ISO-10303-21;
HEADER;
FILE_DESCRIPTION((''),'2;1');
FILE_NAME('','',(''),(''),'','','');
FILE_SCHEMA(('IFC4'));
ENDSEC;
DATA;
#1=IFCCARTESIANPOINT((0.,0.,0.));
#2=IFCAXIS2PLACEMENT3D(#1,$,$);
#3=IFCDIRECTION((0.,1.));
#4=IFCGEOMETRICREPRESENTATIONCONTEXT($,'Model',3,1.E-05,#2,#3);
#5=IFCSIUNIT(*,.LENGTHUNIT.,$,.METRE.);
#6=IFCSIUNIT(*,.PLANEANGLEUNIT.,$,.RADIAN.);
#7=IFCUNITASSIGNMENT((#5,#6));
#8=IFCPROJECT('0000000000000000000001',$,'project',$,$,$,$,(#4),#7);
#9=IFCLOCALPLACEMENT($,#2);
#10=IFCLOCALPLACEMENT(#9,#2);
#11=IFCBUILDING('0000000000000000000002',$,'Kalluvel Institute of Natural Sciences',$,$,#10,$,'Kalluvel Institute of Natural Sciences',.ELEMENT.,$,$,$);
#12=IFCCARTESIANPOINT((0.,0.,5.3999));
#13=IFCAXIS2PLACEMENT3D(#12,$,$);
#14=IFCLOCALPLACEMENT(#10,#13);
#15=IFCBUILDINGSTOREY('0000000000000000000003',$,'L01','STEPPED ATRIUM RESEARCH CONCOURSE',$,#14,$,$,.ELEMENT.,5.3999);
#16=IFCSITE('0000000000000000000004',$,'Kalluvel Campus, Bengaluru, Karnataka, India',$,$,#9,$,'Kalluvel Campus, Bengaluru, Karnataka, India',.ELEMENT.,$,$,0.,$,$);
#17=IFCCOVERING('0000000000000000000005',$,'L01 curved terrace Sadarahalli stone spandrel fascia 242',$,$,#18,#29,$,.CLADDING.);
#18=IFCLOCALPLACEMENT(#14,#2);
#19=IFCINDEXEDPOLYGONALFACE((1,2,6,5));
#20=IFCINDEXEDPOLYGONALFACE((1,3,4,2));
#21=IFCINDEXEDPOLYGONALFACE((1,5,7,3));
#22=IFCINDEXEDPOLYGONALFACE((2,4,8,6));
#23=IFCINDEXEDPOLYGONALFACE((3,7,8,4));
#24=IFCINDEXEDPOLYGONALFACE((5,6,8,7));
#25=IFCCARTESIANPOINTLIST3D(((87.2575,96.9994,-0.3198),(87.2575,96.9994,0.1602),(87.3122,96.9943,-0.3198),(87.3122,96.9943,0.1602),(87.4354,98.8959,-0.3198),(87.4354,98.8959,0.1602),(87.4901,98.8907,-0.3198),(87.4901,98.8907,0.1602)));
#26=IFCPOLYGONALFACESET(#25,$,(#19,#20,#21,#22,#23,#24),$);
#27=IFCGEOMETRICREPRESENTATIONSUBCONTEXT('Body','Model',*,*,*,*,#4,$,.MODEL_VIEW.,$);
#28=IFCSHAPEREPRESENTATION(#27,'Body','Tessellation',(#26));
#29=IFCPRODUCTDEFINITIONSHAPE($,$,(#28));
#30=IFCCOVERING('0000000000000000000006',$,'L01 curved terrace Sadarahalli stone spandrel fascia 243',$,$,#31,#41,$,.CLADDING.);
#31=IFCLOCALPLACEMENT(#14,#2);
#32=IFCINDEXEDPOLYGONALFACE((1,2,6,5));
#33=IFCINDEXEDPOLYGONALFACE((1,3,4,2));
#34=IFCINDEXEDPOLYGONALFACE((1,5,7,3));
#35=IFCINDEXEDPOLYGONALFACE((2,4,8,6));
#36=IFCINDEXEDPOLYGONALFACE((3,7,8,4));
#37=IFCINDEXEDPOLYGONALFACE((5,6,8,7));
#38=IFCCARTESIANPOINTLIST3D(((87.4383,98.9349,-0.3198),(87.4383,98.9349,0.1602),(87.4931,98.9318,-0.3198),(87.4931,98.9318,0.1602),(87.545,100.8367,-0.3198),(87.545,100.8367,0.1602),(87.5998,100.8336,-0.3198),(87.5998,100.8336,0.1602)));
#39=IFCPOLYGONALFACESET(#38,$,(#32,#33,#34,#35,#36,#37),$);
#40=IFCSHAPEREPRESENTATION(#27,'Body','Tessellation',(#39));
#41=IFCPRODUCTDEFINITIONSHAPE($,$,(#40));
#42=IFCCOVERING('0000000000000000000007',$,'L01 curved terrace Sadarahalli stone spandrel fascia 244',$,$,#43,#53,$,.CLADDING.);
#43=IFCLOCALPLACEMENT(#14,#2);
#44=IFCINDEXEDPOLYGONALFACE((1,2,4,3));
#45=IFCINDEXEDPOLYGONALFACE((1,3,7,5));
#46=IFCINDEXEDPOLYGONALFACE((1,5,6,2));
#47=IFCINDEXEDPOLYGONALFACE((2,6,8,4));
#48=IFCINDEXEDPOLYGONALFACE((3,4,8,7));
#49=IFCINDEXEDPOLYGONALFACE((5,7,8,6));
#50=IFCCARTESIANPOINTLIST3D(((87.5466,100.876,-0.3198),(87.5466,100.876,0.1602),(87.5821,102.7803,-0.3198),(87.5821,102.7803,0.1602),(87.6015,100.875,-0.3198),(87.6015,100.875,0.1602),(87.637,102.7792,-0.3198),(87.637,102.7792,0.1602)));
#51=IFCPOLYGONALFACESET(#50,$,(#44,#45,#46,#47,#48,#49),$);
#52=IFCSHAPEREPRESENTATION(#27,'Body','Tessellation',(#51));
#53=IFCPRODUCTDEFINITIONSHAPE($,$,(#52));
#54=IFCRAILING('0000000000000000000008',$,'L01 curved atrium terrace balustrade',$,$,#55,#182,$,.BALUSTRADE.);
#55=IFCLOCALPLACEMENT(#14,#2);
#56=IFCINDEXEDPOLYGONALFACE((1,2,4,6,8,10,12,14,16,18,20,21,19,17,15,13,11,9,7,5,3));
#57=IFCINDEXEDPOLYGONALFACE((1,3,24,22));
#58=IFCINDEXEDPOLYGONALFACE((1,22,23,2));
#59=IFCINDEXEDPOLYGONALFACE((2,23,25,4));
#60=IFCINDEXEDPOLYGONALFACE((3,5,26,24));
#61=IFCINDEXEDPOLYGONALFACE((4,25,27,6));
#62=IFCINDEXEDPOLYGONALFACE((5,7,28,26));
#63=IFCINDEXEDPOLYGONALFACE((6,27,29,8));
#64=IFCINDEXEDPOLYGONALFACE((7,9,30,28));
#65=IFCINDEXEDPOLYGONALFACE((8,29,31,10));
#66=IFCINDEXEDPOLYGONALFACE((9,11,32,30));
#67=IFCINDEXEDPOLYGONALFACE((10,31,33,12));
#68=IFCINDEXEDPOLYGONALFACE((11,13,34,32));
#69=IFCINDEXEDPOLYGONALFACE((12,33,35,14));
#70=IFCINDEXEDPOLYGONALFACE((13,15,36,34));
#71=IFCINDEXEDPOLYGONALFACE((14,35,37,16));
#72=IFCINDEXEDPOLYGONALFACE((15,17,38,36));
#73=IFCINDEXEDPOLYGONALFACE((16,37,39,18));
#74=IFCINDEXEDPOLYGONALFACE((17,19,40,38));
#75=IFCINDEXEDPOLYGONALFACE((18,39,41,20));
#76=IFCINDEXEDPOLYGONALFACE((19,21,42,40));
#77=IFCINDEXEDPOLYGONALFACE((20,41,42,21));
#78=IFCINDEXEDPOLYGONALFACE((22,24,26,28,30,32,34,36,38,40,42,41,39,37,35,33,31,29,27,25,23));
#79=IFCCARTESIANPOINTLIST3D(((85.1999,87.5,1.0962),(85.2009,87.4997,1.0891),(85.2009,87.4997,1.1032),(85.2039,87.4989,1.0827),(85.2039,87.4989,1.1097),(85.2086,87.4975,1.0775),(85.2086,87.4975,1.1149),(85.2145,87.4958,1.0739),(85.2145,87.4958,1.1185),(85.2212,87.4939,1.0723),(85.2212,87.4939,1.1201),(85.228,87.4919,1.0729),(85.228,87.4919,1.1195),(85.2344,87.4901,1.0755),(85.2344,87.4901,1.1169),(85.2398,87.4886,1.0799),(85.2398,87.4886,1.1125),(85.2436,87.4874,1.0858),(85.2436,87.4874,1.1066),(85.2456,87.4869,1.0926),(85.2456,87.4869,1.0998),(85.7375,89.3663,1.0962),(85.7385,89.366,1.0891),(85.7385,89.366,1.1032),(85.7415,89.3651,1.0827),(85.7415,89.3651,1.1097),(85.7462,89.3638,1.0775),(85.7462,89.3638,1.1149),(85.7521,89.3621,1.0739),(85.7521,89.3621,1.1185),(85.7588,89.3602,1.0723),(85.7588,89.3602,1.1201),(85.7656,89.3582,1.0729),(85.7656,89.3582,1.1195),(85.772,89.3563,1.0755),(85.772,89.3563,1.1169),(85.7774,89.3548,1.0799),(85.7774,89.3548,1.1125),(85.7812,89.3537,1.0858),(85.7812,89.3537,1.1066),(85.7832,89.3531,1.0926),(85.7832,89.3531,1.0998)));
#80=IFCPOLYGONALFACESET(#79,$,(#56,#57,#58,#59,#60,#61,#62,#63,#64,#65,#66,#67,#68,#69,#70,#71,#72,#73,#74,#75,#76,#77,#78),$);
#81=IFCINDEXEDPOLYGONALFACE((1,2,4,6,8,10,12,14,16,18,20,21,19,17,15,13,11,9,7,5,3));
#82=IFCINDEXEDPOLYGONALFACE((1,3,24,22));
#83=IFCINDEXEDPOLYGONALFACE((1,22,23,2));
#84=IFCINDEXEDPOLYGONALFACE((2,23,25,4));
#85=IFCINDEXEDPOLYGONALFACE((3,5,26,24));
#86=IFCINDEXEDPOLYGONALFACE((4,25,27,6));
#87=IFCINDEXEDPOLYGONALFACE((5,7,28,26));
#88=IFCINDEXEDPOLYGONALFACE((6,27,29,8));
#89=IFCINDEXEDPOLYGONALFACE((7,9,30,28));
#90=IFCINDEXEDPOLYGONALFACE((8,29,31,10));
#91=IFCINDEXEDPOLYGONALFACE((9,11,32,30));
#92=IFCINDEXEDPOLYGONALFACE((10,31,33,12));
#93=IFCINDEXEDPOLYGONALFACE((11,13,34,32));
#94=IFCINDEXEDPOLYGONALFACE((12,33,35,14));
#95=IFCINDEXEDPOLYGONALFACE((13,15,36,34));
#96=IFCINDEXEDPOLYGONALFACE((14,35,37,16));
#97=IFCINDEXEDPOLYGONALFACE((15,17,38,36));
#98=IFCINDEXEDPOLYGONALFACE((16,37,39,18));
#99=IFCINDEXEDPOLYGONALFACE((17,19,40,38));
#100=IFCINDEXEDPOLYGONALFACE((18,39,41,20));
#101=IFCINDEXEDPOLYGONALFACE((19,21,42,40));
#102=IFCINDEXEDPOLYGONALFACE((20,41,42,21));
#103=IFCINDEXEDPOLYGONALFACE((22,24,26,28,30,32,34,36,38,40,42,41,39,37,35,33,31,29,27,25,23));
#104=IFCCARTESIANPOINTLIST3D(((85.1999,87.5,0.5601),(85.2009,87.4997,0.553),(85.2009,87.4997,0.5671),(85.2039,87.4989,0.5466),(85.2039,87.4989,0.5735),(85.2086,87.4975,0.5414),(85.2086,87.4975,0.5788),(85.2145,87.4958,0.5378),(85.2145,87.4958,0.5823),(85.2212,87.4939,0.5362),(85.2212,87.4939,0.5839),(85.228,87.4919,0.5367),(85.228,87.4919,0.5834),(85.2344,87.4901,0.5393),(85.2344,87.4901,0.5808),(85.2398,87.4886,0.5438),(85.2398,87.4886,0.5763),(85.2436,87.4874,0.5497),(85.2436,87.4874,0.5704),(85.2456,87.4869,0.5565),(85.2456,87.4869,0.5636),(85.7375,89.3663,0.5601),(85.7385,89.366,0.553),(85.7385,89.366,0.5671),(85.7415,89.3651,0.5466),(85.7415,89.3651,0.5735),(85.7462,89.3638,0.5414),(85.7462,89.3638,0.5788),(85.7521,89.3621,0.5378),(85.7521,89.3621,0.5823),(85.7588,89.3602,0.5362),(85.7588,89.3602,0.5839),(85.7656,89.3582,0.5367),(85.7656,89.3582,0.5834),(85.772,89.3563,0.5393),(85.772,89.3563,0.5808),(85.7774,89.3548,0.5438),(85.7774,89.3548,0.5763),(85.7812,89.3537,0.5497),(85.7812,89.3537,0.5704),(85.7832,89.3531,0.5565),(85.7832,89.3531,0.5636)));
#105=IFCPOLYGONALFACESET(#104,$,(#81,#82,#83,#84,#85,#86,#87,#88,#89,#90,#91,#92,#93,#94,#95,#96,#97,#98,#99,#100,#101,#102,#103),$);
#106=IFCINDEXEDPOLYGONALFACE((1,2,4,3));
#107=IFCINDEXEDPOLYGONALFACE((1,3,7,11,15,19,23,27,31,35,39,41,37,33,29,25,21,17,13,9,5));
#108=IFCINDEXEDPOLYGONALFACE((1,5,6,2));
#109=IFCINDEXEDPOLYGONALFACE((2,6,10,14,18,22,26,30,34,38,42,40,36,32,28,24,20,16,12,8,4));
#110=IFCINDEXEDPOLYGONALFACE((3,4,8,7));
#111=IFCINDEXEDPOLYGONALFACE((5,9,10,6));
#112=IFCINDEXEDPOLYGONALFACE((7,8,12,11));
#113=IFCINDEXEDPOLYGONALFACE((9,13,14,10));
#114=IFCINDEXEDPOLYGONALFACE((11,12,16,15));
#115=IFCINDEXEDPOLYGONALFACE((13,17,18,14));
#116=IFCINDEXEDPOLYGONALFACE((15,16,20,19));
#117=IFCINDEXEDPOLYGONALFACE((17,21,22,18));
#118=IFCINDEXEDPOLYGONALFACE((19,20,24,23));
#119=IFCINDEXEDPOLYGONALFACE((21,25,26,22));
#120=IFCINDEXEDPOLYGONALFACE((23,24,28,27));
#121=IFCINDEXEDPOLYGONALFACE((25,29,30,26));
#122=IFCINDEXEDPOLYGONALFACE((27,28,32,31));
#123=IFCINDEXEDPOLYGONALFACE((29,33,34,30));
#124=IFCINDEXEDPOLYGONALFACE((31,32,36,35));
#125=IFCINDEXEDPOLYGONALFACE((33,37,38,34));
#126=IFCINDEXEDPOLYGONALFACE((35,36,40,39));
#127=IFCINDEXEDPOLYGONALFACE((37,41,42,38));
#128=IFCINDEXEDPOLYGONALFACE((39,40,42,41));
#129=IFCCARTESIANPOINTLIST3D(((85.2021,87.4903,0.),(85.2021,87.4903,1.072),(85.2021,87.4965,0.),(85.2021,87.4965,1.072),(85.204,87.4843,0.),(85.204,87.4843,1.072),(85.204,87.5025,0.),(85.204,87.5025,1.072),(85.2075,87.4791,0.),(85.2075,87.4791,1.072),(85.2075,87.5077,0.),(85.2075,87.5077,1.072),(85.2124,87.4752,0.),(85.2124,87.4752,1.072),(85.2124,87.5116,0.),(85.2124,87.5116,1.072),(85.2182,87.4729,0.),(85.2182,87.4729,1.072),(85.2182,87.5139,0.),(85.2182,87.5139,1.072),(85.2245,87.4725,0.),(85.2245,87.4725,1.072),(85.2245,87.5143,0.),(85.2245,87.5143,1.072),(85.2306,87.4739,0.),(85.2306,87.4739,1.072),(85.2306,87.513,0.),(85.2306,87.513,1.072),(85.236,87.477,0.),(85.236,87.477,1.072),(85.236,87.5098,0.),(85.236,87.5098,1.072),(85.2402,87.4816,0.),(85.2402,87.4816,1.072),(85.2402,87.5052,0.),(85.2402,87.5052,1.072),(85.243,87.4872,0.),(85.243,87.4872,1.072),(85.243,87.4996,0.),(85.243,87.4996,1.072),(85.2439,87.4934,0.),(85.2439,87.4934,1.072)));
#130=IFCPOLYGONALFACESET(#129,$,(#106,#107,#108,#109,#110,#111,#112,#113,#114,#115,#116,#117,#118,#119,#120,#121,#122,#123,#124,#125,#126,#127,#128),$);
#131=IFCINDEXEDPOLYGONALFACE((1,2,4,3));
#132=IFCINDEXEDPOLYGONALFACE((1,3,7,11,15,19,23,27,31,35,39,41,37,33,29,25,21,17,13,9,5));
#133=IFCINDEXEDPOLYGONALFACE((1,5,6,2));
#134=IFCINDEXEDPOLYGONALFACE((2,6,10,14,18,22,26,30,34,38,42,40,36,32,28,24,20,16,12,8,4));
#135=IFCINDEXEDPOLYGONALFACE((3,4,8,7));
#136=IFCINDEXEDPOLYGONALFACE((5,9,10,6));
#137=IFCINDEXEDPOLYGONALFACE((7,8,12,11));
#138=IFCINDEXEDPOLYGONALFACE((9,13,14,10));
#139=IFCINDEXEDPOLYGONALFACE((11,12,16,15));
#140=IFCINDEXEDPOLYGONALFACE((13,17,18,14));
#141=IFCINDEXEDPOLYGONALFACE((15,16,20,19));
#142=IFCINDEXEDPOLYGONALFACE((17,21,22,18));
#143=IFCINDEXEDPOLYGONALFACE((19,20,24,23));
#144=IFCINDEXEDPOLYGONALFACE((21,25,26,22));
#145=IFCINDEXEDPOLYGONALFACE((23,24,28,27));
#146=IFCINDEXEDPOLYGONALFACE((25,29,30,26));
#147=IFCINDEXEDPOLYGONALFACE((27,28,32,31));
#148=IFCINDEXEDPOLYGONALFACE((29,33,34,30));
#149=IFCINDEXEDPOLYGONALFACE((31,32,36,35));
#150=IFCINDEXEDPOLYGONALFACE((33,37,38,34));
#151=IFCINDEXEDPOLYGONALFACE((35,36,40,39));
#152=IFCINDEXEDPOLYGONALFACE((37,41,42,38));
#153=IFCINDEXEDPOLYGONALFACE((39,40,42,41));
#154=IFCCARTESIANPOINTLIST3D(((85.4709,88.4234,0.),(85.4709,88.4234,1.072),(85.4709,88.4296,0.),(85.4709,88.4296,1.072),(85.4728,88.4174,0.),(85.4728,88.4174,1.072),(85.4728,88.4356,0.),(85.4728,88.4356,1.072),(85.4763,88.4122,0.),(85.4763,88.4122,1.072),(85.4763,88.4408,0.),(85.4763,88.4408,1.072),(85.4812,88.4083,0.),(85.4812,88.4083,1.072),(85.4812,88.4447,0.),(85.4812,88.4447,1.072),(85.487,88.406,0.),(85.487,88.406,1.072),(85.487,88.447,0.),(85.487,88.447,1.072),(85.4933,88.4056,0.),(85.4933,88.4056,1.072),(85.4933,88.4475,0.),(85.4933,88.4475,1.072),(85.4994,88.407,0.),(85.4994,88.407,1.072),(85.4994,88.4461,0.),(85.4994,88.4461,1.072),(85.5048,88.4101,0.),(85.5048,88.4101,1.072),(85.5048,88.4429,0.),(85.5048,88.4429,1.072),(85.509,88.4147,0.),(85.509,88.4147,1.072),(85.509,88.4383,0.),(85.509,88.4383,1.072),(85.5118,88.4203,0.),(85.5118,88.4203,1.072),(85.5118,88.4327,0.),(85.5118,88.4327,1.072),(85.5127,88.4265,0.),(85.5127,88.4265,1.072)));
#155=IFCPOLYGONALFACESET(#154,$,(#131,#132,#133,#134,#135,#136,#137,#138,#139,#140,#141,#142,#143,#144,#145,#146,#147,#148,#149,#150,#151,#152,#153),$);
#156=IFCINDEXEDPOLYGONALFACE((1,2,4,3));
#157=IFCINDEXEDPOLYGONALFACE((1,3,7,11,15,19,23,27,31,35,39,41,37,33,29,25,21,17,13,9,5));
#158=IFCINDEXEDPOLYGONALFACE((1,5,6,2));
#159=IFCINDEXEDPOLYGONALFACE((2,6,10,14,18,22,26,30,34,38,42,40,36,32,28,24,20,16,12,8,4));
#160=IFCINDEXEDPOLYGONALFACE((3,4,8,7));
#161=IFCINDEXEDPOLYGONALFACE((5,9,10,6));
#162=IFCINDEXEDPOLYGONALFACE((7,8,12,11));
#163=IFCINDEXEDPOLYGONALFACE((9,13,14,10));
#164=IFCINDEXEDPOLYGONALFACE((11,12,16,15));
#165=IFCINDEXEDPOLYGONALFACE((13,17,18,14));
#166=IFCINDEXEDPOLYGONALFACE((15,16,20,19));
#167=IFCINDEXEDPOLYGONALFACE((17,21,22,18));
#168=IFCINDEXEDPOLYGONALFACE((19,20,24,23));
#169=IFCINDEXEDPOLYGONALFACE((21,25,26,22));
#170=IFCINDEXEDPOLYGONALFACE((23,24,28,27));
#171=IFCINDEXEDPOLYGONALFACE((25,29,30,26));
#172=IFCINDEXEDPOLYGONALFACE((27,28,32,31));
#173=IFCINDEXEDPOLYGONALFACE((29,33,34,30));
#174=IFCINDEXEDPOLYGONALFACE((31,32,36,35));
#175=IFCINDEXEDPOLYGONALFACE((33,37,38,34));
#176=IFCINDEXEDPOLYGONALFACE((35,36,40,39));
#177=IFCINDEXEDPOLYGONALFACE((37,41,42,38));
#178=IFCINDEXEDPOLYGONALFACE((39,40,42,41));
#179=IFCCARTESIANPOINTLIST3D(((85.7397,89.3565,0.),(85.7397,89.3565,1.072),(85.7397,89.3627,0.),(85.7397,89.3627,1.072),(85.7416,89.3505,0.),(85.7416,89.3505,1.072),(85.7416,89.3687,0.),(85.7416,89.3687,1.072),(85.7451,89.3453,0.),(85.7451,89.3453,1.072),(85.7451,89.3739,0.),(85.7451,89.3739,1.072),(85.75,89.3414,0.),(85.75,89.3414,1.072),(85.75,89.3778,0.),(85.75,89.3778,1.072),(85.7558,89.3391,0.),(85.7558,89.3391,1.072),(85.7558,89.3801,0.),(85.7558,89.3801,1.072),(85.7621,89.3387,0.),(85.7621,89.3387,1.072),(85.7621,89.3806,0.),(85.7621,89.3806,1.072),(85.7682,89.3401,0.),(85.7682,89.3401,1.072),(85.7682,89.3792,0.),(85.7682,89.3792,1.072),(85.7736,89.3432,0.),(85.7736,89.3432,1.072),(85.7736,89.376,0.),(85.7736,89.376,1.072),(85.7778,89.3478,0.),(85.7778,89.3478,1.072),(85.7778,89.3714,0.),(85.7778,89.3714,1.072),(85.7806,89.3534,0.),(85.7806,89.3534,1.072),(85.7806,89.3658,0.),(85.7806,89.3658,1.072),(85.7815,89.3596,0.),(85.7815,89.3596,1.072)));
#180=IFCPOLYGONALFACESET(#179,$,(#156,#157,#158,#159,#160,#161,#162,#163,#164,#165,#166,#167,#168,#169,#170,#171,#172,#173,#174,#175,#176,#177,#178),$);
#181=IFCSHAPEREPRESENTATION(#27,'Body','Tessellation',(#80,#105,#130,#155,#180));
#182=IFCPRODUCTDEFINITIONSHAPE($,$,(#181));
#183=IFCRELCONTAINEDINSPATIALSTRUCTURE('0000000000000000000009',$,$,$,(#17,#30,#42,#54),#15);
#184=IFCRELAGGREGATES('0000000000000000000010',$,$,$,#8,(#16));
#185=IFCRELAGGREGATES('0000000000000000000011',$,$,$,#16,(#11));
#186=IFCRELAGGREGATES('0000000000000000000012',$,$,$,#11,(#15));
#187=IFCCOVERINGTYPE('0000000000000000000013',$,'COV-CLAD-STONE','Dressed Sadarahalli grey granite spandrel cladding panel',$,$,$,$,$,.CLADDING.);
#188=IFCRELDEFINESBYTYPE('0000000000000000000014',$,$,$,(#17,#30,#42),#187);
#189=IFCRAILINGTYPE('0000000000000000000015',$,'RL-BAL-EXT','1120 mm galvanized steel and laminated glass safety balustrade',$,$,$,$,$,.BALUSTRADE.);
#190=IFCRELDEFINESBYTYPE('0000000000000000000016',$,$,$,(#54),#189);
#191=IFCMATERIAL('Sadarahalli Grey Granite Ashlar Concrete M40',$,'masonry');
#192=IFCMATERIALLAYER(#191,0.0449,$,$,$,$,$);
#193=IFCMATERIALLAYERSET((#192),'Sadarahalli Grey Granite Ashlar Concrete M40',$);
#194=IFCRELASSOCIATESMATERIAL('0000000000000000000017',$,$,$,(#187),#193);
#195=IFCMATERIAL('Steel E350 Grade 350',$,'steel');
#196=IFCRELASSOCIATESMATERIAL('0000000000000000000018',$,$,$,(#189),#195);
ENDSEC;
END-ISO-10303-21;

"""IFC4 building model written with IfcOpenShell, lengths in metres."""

from ifc_helpers import new_model, si_unit, direction, frame, origin, origin_2d, place, context, subcontext, project, spatial, rectangle, circle, extrude, material, layer, layer_set, type_object, element, save


model = new_model("IFC4")

# Units and contexts
model_context = context("Model", 3, precision=1e-05, world=origin(), true_north=direction((0.0, 1.0)))
body_context = subcontext(model_context, "Body", "Model", "MODEL_VIEW")
ifc_project = project(units=[si_unit("LENGTHUNIT", "METRE"), si_unit("PLANEANGLEUNIT", "RADIAN")], contexts=[model_context])

# Site, building, storey
site_placement = place(None, origin())
site = spatial("IfcSite", under=ifc_project, at=site_placement, Name="Kalluvel Campus, Bengaluru, Karnataka, India", LongName="Kalluvel Campus, Bengaluru, Karnataka, India", CompositionType="ELEMENT", RefElevation=0.0)
building_placement = place(site_placement, origin())
building = spatial("IfcBuilding", under=site, at=building_placement, Name="Kalluvel Institute of Natural Sciences", LongName="Kalluvel Institute of Natural Sciences", CompositionType="ELEMENT")
storey_placement = place(building_placement, frame((0.0, 0.0, 5.3999)))
storey = spatial("IfcBuildingStorey", under=building, at=storey_placement, Name="L01", Description="STEPPED ATRIUM RESEARCH CONCOURSE", CompositionType="ELEMENT", Elevation=5.3999)

# Shared definitions
ifc_material_1 = material(Name="Sadarahalli Grey Granite Ashlar Concrete M40", Category="masonry")

# Coverings
ifc_layer_1 = layer(ifc_material_1, 0.0449)
ifc_layer_set_1 = layer_set([ifc_layer_1], Name="Sadarahalli Grey Granite Ashlar Concrete M40")
covering_type = type_object("IfcCoveringType", Name="COV-CLAD-STONE", Description="Dressed Sadarahalli grey granite spandrel cladding panel", PredefinedType="CLADDING", material=ifc_layer_set_1)
for number, where, z_axis, x_axis, name in (
    (1, (87.3738, 97.9451, -0.3198), (0.0, 0.0, 1.0), (0.093413, 0.995627, 0.0), "L01 curved terrace Sadarahalli stone spandrel fascia 242"),
    (2, (87.519, 99.8843, -0.3198), (0.0, 0.0, 1.0), (0.055996, 0.998431, 0.0), "L01 curved terrace Sadarahalli stone spandrel fascia 243"),
):
    element("IfcCovering", number, at=place(storey_placement, frame(where, z_axis=z_axis, x_axis=x_axis)), inside=storey, type_object=covering_type, Name=name, PredefinedType="CLADDING", context=body_context, shape_type="SweptSolid", body=[
        extrude(rectangle(XDim=1.9048, YDim=0.0549, at=origin_2d()), origin(), (0.0, 0.0, 1.0), 0.48),
    ])
covering_1_placement = place(storey_placement, frame((87.5918, 101.8276, -0.3198), z_axis=(0.0, 0.0, 1.0), x_axis=(0.018674, 0.999826, 0.0)))
element("IfcCovering", 3, at=covering_1_placement, inside=storey, type_object=covering_type, Name="L01 curved terrace Sadarahalli stone spandrel fascia 244", PredefinedType="CLADDING", context=body_context, shape_type="SweptSolid", body=[
    extrude(rectangle(XDim=1.9045, YDim=0.0549, at=origin_2d()), origin(), (0.0, 0.0, 1.0), 0.48),
])

# Railing
ifc_material_2 = material(Name="Steel E350 Grade 350", Category="steel")
railing_type = type_object("IfcRailingType", Name="RL-BAL-EXT", Description="1120 mm galvanized steel and laminated glass safety balustrade", PredefinedType="BALUSTRADE", material=ifc_material_2)
railing_1_placement = place(storey_placement, frame((85.2229, 87.4934, 0.0)))
element("IfcRailing", 4, at=railing_1_placement, inside=storey, type_object=railing_type, Name="L01 curved atrium terrace balustrade", PredefinedType="BALUSTRADE", context=body_context, shape_type="SweptSolid", body=[
    extrude(circle(Radius=0.0239, at=origin_2d()), frame((0.0, 0.0, 1.0962), z_axis=(0.276812, 0.960924, 0.0), x_axis=(-0.960924, 0.276812, 0.0)), (0.0, 0.0, 1.0), 1.9421),
    extrude(circle(Radius=0.0239, at=origin_2d()), frame((0.0, 0.0, 0.5601), z_axis=(0.276812, 0.960924, 0.0), x_axis=(-0.960924, 0.276812, 0.0)), (0.0, 0.0, 1.0), 1.9421),
    extrude(circle(Radius=0.021, at=origin_2d()), origin(), (0.0, 0.0, 1.0), 1.072),
    extrude(circle(Radius=0.021, at=origin_2d()), frame((0.2688, 0.9331, 0.0)), (0.0, 0.0, 1.0), 1.072),
    extrude(circle(Radius=0.021, at=origin_2d()), frame((0.5376, 1.8662, 0.0)), (0.0, 0.0, 1.0), 1.072),
])

save(model, "model.ifc")
